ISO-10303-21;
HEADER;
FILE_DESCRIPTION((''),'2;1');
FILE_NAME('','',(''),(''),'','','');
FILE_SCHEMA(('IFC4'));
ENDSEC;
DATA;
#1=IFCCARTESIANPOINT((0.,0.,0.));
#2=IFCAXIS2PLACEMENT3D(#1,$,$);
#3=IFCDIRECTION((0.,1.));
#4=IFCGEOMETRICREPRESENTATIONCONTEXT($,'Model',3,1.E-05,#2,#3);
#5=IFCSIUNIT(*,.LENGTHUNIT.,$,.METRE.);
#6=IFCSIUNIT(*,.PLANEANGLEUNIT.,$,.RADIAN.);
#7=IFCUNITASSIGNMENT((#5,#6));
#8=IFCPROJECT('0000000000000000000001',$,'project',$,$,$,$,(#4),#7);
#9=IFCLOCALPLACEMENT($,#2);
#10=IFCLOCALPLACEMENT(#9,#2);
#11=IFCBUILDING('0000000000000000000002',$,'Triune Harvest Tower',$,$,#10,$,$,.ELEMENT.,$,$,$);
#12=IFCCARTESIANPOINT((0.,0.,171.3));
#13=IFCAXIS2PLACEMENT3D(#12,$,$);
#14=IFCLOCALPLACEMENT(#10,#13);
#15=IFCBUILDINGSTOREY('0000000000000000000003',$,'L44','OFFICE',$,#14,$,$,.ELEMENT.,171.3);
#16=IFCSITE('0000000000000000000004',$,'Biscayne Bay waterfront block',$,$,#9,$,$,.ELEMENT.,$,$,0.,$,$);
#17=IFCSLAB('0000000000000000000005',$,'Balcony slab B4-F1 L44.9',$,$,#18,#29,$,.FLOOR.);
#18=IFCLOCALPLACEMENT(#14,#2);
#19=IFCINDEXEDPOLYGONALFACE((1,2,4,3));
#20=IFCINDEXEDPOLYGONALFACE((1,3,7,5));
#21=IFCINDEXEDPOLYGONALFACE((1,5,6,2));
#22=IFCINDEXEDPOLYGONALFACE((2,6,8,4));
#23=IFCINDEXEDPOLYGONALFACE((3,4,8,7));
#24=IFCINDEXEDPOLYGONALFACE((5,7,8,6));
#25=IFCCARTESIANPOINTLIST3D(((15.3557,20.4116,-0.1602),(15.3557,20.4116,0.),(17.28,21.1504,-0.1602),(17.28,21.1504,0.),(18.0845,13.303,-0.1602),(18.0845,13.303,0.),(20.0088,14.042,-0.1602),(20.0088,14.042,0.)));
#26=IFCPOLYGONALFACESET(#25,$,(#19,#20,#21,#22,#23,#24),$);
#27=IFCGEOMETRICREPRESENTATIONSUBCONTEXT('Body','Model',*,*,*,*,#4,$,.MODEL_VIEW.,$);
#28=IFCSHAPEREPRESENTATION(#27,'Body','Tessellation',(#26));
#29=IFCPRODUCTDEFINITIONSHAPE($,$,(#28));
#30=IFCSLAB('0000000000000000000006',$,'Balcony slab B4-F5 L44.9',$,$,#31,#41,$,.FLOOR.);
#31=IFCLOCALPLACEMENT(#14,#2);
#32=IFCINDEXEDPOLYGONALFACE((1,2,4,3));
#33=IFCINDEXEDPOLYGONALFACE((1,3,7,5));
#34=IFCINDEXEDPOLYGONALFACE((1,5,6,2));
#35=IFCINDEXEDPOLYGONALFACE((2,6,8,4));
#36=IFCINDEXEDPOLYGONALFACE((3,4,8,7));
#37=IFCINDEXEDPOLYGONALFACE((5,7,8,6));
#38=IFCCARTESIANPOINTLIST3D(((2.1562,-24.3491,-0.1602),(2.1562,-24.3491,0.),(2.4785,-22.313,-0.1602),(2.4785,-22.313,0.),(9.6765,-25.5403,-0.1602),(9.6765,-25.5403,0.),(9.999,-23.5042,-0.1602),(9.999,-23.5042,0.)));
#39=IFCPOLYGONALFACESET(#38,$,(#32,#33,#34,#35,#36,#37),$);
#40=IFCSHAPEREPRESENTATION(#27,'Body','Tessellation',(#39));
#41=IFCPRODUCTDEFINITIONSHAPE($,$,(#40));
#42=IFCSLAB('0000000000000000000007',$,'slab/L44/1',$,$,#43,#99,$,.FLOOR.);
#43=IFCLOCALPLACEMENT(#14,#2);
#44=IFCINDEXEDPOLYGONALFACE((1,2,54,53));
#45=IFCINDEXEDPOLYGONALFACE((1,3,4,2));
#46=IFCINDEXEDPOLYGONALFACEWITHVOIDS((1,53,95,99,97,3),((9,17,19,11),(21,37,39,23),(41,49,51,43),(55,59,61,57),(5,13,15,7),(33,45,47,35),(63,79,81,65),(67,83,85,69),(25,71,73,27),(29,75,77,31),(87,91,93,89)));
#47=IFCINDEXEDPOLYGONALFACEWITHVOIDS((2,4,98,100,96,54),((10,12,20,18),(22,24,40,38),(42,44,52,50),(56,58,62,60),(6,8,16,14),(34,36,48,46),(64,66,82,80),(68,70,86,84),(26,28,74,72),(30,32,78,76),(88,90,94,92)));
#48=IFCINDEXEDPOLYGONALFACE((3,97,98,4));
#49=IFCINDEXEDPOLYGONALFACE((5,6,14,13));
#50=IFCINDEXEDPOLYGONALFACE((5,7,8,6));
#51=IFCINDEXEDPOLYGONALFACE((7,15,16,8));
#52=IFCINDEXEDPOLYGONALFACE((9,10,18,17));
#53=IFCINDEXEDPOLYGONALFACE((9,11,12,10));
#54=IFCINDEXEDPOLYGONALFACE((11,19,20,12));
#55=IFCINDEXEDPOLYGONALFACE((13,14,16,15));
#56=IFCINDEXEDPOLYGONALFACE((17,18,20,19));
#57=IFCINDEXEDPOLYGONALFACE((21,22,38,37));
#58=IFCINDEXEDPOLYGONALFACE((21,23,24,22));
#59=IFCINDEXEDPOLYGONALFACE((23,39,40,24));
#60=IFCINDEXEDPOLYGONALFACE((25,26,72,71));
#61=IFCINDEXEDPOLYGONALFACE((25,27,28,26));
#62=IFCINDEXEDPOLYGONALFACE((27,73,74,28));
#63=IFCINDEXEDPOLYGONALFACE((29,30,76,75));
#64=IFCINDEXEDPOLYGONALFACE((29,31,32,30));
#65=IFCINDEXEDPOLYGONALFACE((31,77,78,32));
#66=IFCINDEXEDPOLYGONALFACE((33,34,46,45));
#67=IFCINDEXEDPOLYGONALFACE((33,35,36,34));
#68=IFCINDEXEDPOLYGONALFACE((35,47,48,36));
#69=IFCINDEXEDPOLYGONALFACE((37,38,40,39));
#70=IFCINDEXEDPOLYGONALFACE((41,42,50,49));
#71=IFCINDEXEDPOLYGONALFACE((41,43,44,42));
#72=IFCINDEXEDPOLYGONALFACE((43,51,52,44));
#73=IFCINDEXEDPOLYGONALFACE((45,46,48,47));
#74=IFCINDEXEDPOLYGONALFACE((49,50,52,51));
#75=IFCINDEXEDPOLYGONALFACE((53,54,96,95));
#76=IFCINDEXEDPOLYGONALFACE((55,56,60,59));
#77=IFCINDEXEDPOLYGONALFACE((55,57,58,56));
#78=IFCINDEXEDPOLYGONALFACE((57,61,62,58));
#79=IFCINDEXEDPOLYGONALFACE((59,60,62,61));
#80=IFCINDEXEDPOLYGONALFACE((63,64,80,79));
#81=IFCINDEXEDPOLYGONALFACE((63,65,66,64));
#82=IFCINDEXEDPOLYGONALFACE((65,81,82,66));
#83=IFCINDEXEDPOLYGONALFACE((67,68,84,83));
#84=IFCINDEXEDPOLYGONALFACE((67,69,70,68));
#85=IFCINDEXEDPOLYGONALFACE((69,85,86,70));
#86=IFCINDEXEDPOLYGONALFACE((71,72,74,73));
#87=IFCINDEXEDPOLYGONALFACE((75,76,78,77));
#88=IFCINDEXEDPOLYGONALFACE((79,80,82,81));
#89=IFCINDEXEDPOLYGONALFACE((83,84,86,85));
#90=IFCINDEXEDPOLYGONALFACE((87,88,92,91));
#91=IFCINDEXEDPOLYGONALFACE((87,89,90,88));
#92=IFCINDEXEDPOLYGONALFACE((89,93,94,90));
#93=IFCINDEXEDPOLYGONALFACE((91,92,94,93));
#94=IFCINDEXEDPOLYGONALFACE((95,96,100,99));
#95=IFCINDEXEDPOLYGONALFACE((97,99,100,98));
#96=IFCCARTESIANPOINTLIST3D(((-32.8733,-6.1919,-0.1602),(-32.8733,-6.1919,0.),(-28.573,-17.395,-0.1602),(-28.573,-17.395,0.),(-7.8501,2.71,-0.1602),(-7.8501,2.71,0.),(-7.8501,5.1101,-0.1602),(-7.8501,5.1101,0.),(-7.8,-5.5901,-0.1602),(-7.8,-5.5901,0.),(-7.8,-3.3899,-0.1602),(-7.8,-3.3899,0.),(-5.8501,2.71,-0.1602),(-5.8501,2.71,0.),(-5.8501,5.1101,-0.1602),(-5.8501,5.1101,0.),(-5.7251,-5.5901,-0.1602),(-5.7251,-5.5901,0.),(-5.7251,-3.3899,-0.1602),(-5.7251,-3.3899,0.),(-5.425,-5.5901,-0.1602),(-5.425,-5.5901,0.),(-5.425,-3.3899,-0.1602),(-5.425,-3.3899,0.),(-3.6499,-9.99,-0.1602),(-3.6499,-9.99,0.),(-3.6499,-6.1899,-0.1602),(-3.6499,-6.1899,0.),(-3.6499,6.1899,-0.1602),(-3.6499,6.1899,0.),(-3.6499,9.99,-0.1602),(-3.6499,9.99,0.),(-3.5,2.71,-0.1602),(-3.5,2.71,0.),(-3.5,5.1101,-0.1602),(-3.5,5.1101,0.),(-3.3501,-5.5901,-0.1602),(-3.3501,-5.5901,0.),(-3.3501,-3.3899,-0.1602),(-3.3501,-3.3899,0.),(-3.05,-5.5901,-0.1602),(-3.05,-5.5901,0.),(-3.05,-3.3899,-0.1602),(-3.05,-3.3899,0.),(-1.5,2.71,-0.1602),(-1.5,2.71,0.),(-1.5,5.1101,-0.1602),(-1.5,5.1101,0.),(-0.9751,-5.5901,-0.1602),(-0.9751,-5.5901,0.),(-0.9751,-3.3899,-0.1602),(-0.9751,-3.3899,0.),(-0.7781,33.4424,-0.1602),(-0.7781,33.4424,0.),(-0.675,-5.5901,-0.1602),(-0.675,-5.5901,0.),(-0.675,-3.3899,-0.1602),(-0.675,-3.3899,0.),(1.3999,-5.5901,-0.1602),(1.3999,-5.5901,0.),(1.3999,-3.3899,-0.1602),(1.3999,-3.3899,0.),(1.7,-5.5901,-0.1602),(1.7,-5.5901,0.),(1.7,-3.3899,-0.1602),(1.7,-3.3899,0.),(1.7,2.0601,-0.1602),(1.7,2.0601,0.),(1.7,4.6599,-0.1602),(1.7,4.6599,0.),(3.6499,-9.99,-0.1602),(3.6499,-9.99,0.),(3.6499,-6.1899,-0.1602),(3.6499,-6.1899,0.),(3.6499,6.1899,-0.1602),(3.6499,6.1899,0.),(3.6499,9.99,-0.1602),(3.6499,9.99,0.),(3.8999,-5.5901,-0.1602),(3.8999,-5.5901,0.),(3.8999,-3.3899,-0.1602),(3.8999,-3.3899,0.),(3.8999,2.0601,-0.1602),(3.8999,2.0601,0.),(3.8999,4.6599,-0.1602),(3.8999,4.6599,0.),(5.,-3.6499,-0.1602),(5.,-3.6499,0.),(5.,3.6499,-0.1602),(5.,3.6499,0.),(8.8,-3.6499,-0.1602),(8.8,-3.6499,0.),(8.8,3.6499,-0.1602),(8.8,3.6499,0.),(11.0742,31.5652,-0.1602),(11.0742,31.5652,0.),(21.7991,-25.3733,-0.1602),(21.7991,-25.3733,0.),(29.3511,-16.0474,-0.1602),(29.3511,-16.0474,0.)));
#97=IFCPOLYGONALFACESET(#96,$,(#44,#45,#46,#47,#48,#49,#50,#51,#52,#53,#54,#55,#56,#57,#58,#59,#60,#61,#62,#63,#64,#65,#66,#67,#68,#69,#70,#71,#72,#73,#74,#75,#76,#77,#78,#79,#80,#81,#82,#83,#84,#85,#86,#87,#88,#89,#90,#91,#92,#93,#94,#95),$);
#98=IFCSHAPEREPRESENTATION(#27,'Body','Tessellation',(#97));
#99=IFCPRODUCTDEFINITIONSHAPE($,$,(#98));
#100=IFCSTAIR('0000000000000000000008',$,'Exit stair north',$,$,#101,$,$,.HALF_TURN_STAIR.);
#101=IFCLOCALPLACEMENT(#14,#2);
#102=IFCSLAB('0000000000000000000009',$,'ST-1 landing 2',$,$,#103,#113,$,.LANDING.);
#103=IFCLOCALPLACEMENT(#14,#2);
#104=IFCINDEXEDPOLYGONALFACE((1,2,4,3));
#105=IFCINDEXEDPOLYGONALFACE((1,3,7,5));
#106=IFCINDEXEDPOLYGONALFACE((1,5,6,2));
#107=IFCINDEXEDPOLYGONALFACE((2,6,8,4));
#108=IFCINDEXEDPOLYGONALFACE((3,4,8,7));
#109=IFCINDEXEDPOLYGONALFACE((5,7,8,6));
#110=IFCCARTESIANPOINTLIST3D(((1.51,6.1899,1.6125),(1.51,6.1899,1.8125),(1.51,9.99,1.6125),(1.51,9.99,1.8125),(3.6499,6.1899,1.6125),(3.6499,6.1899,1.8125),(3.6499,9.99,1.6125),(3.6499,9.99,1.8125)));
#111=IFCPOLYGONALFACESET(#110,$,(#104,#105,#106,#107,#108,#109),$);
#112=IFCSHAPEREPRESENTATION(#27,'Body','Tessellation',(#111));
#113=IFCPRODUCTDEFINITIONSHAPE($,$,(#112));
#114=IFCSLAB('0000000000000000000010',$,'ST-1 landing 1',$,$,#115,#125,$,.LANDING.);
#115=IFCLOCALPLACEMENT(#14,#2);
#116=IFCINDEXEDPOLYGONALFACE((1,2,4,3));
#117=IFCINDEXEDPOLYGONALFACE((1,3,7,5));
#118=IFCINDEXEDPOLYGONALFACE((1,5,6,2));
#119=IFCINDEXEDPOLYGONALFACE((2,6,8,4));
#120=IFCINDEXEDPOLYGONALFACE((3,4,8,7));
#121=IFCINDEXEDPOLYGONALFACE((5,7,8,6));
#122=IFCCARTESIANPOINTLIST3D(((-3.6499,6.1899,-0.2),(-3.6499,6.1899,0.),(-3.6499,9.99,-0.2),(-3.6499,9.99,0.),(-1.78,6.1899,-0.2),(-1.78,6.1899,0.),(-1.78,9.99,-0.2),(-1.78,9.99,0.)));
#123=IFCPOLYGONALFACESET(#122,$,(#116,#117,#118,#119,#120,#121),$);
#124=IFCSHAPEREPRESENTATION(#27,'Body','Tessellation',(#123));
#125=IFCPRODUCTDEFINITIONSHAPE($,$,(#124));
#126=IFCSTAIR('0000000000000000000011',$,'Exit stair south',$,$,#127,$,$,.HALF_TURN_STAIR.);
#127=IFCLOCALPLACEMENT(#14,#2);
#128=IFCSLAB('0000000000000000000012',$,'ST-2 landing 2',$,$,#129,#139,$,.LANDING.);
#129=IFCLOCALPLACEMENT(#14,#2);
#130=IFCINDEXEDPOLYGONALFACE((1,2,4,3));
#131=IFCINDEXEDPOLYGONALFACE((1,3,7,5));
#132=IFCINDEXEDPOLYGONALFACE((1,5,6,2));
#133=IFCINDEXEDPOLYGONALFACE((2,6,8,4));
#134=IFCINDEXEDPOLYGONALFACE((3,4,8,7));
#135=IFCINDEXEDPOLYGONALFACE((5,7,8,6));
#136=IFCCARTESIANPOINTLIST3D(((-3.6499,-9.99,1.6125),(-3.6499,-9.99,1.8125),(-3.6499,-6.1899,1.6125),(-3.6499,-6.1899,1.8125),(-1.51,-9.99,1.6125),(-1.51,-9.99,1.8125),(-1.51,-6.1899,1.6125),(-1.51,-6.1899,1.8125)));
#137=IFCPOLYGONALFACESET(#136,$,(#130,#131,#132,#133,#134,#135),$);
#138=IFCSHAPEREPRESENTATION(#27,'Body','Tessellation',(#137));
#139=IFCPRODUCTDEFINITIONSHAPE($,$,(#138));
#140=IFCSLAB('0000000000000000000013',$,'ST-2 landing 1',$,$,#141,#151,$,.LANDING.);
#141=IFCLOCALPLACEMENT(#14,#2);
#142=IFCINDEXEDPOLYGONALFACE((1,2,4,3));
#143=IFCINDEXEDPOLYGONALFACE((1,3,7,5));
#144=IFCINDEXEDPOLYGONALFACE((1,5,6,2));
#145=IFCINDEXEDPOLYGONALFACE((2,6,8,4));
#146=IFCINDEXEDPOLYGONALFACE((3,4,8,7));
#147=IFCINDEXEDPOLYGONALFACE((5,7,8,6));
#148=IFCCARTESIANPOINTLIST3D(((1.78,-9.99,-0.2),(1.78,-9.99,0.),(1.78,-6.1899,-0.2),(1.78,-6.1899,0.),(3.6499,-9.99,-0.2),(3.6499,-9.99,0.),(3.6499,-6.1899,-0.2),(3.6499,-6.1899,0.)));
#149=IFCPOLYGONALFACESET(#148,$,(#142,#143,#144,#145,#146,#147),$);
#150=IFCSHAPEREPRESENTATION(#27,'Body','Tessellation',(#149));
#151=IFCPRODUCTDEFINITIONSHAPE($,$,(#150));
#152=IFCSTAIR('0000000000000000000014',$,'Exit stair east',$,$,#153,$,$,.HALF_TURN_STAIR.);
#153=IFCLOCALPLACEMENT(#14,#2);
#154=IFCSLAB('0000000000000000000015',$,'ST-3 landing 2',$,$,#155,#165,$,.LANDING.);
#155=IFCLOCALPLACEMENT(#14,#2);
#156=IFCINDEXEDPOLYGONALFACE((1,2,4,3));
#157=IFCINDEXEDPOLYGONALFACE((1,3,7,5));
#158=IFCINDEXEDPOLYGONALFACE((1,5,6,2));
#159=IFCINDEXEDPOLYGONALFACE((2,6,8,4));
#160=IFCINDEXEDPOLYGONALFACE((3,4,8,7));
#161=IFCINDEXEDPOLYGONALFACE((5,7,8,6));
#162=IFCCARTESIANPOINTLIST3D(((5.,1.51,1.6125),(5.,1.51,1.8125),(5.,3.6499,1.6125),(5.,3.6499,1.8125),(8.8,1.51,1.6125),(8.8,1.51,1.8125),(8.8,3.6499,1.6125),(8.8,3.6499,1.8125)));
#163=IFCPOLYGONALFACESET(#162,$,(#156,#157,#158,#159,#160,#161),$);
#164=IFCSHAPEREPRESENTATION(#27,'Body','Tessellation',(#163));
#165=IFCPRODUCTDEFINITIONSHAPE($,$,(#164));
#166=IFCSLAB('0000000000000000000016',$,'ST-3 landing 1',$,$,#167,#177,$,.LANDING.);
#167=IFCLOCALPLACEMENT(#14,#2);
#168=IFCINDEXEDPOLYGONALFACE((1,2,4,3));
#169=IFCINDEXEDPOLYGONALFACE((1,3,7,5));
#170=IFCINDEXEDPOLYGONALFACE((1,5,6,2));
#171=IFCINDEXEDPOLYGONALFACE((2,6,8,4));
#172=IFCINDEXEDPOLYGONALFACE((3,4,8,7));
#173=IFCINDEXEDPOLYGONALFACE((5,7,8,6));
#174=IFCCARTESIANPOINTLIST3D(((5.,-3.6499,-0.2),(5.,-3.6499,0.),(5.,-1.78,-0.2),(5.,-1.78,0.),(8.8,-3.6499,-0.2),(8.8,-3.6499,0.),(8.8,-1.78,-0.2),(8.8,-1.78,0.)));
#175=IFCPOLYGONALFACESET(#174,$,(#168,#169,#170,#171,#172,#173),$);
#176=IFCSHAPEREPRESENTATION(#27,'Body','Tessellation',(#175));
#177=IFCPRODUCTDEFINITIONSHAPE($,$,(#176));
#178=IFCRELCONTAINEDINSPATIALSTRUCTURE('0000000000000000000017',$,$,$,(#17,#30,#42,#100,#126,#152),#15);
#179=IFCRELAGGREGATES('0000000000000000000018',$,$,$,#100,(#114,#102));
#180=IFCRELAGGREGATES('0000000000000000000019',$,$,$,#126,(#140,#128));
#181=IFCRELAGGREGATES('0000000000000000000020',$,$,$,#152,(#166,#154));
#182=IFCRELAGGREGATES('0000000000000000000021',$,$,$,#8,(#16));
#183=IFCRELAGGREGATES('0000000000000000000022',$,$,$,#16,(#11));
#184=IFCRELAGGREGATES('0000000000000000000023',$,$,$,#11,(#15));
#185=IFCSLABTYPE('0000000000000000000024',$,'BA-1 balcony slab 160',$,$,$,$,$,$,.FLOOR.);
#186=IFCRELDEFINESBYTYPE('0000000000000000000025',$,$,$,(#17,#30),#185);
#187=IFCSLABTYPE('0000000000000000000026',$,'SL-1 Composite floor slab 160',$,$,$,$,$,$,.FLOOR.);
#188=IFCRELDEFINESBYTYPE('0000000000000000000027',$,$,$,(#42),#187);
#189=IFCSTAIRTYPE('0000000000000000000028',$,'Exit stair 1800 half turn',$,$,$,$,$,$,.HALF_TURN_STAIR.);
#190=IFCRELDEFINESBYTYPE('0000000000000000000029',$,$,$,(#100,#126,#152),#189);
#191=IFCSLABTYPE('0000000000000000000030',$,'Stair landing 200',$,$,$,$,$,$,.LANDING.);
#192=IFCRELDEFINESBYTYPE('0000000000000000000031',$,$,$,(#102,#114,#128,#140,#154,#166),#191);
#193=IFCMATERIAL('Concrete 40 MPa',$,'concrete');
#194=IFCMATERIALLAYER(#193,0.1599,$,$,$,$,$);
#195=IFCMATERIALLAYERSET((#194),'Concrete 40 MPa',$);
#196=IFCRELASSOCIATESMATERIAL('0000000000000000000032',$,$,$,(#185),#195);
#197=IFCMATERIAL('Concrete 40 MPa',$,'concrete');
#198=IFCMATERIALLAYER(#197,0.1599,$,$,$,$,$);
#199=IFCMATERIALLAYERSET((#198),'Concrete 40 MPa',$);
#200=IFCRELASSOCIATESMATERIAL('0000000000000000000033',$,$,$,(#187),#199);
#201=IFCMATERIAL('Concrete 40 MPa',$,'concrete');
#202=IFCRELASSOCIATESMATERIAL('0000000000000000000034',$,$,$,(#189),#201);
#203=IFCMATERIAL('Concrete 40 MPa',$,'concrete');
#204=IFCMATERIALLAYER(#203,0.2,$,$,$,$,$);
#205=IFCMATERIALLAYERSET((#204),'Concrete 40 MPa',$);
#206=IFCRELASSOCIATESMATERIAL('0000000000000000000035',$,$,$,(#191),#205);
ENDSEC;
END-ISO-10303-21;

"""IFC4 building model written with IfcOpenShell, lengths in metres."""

from ifc_helpers import new_model, si_unit, direction, frame, origin, place, context, subcontext, project, spatial, polyline, outline, extrude, source, transform, mapped, material, layer, layer_set, type_object, element, aggregate, save


model = new_model("IFC4")

# Units and contexts
model_context = context("Model", 3, precision=1e-05, world=origin(), true_north=direction((0.0, 1.0)))
body_context = subcontext(model_context, "Body", "Model", "MODEL_VIEW")
ifc_project = project(units=[si_unit("LENGTHUNIT", "METRE"), si_unit("PLANEANGLEUNIT", "RADIAN")], contexts=[model_context])

# Site, building, storey
site_placement = place(None, origin())
site = spatial("IfcSite", under=ifc_project, at=site_placement, Name="Biscayne Bay waterfront block", CompositionType="ELEMENT", RefElevation=0.0)
building_placement = place(site_placement, origin())
building = spatial("IfcBuilding", under=site, at=building_placement, Name="Triune Harvest Tower", CompositionType="ELEMENT")
storey_placement = place(building_placement, frame((0.0, 0.0, 171.3)))
storey = spatial("IfcBuildingStorey", under=building, at=storey_placement, Name="L44", Description="OFFICE", CompositionType="ELEMENT", Elevation=171.3)

# Slabs
ifc_material_1 = material(Name="Concrete 40 MPa", Category="concrete")
ifc_layer_1 = layer(ifc_material_1, 0.1599)
ifc_layer_set_1 = layer_set([ifc_layer_1], Name="Concrete 40 MPa")
slab_type_1 = type_object("IfcSlabType", Name="BA-1 balcony slab 160", PredefinedType="FLOOR", material=ifc_layer_set_1)
slab_1_placement = place(storey_placement, frame((0.0, 0.0, -0.1602)))
element("IfcSlab", 1, at=slab_1_placement, inside=storey, type_object=slab_type_1, Name="Balcony slab B4-F1 L44.9", PredefinedType="FLOOR", context=body_context, shape_type="SweptSolid", body=[
    extrude(outline(polyline([(18.0845, 13.303), (15.3557, 20.4116), (17.28, 21.1504), (20.0088, 14.042), (18.0845, 13.303)])), origin(), (0.0, 0.0, 1.0), 0.1602),
])
slab_2_placement = place(storey_placement, frame((0.0, 0.0, -0.1602)))
element("IfcSlab", 2, at=slab_2_placement, inside=storey, type_object=slab_type_1, Name="Balcony slab B4-F5 L44.9", PredefinedType="FLOOR", context=body_context, shape_type="SweptSolid", body=[
    extrude(outline(polyline([(2.4785, -22.313), (9.999, -23.5042), (9.6765, -25.5403), (2.1562, -24.3491), (2.4785, -22.313)])), origin(), (0.0, 0.0, 1.0), 0.1602),
])
ifc_material_2 = material(Name="Concrete 40 MPa", Category="concrete")
ifc_layer_2 = layer(ifc_material_2, 0.1599)
ifc_layer_set_2 = layer_set([ifc_layer_2], Name="Concrete 40 MPa")
slab_type_2 = type_object("IfcSlabType", Name="SL-1 Composite floor slab 160", PredefinedType="FLOOR", material=ifc_layer_set_2)
shared_shape_1 = source(origin(), body_context, "Body", "SweptSolid", [
    extrude(outline(polyline([(29.3511, -16.0474), (11.0742, 31.5652), (-0.7781, 33.4424), (-32.8733, -6.1919), (-28.573, -17.395), (21.7991, -25.3733), (29.3511, -16.0474)]), holes=[polyline([(-5.7251, -5.5901), (-5.7251, -3.3899), (-7.8, -3.3899), (-7.8, -5.5901), (-5.7251, -5.5901)]), polyline([(-3.3501, -5.5901), (-3.3501, -3.3899), (-5.425, -3.3899), (-5.425, -5.5901), (-3.3501, -5.5901)]), polyline([(-0.9751, -5.5901), (-0.9751, -3.3899), (-3.05, -3.3899), (-3.05, -5.5901), (-0.9751, -5.5901)]), polyline([(1.3999, -5.5901), (1.3999, -3.3899), (-0.675, -3.3899), (-0.675, -5.5901), (1.3999, -5.5901)]), polyline([(3.8999, 2.0601), (3.8999, 4.6599), (1.7, 4.6599), (1.7, 2.0601), (3.8999, 2.0601)]), polyline([(3.8999, -5.5901), (3.8999, -3.3899), (1.7, -3.3899), (1.7, -5.5901), (3.8999, -5.5901)]), polyline([(-5.8501, 2.71), (-5.8501, 5.1101), (-7.8501, 5.1101), (-7.8501, 2.71), (-5.8501, 2.71)]), polyline([(-1.5, 2.71), (-1.5, 5.1101), (-3.5, 5.1101), (-3.5, 2.71), (-1.5, 2.71)]), polyline([(3.6499, 6.1899), (3.6499, 9.99), (-3.6499, 9.99), (-3.6499, 6.1899), (3.6499, 6.1899)]), polyline([(3.6499, -9.99), (3.6499, -6.1899), (-3.6499, -6.1899), (-3.6499, -9.99), (3.6499, -9.99)]), polyline([(8.8, -3.6499), (8.8, 3.6499), (5.0, 3.6499), (5.0, -3.6499), (8.8, -3.6499)])]), origin(), (0.0, 0.0, 1.0), 0.1602),
])
slab_3_placement = place(storey_placement, frame((0.0, 0.0, -0.1602)))
element("IfcSlab", 3, at=slab_3_placement, inside=storey, type_object=slab_type_2, Name="slab/L44/1", PredefinedType="FLOOR", context=body_context, shape_type="MappedRepresentation", body=[
    mapped(shared_shape_1, transform((0.0, 0.0, 0.0), scale=1.0)),
])

# Stairs, slabs
ifc_material_3 = material(Name="Concrete 40 MPa", Category="concrete")
stair_type = type_object("IfcStairType", Name="Exit stair 1800 half turn", PredefinedType="HALF_TURN_STAIR", material=ifc_material_3)
stair_1_placement = place(storey_placement, origin())
stair_1 = element("IfcStair", 4, at=stair_1_placement, inside=storey, type_object=stair_type, Name="Exit stair north", PredefinedType="HALF_TURN_STAIR")
ifc_material_4 = material(Name="Concrete 40 MPa", Category="concrete")
ifc_layer_3 = layer(ifc_material_4, 0.2)
ifc_layer_set_3 = layer_set([ifc_layer_3], Name="Concrete 40 MPa")
slab_type_3 = type_object("IfcSlabType", Name="Stair landing 200", PredefinedType="LANDING", material=ifc_layer_set_3)
shared_shape_2 = source(origin(), body_context, "Body", "SweptSolid", [
    extrude(outline(polyline([(1.51, 6.1899), (3.6499, 6.1899), (3.6499, 9.99), (1.51, 9.99), (1.51, 6.1899)])), origin(), (0.0, 0.0, 1.0), 0.2),
])
slab_4_placement = place(storey_placement, frame((0.0, 0.0, 1.6125)))
slab_4 = element("IfcSlab", 5, at=slab_4_placement, type_object=slab_type_3, Name="ST-1 landing 2", PredefinedType="LANDING", context=body_context, shape_type="MappedRepresentation", body=[
    mapped(shared_shape_2, transform((0.0, 0.0, 0.0), scale=1.0)),
])
shared_shape_3 = source(origin(), body_context, "Body", "SweptSolid", [
    extrude(outline(polyline([(-3.6499, 6.1899), (-1.78, 6.1899), (-1.78, 9.99), (-3.6499, 9.99), (-3.6499, 6.1899)])), origin(), (0.0, 0.0, 1.0), 0.2),
])
slab_5_placement = place(storey_placement, frame((0.0, 0.0, -0.2)))
slab_5 = element("IfcSlab", 6, at=slab_5_placement, type_object=slab_type_3, Name="ST-1 landing 1", PredefinedType="LANDING", context=body_context, shape_type="MappedRepresentation", body=[
    mapped(shared_shape_3, transform((0.0, 0.0, 0.0), scale=1.0)),
])
aggregate(stair_1, [slab_5, slab_4])
stair_2_placement = place(storey_placement, origin())
stair_2 = element("IfcStair", 7, at=stair_2_placement, inside=storey, type_object=stair_type, Name="Exit stair south", PredefinedType="HALF_TURN_STAIR")
shared_shape_4 = source(origin(), body_context, "Body", "SweptSolid", [
    extrude(outline(polyline([(-1.51, -6.1899), (-3.6499, -6.1899), (-3.6499, -9.99), (-1.51, -9.99), (-1.51, -6.1899)])), origin(), (0.0, 0.0, 1.0), 0.2),
])
slab_6_placement = place(storey_placement, frame((0.0, 0.0, 1.6125)))
slab_6 = element("IfcSlab", 8, at=slab_6_placement, type_object=slab_type_3, Name="ST-2 landing 2", PredefinedType="LANDING", context=body_context, shape_type="MappedRepresentation", body=[
    mapped(shared_shape_4, transform((0.0, 0.0, 0.0), scale=1.0)),
])
shared_shape_5 = source(origin(), body_context, "Body", "SweptSolid", [
    extrude(outline(polyline([(3.6499, -6.1899), (1.78, -6.1899), (1.78, -9.99), (3.6499, -9.99), (3.6499, -6.1899)])), origin(), (0.0, 0.0, 1.0), 0.2),
])
slab_7_placement = place(storey_placement, frame((0.0, 0.0, -0.2)))
slab_7 = element("IfcSlab", 9, at=slab_7_placement, type_object=slab_type_3, Name="ST-2 landing 1", PredefinedType="LANDING", context=body_context, shape_type="MappedRepresentation", body=[
    mapped(shared_shape_5, transform((0.0, 0.0, 0.0), scale=1.0)),
])
aggregate(stair_2, [slab_7, slab_6])
stair_3_placement = place(storey_placement, origin())
stair_3 = element("IfcStair", 10, at=stair_3_placement, inside=storey, type_object=stair_type, Name="Exit stair east", PredefinedType="HALF_TURN_STAIR")
shared_shape_6 = source(origin(), body_context, "Body", "SweptSolid", [
    extrude(outline(polyline([(8.8, 1.51), (8.8, 3.6499), (5.0, 3.6499), (5.0, 1.51), (8.8, 1.51)])), origin(), (0.0, 0.0, 1.0), 0.2),
])
slab_8_placement = place(storey_placement, frame((0.0, 0.0, 1.6125)))
slab_8 = element("IfcSlab", 11, at=slab_8_placement, type_object=slab_type_3, Name="ST-3 landing 2", PredefinedType="LANDING", context=body_context, shape_type="MappedRepresentation", body=[
    mapped(shared_shape_6, transform((0.0, 0.0, 0.0), scale=1.0)),
])
shared_shape_7 = source(origin(), body_context, "Body", "SweptSolid", [
    extrude(outline(polyline([(8.8, -3.6499), (8.8, -1.78), (5.0, -1.78), (5.0, -3.6499), (8.8, -3.6499)])), origin(), (0.0, 0.0, 1.0), 0.2),
])
slab_9_placement = place(storey_placement, frame((0.0, 0.0, -0.2)))
slab_9 = element("IfcSlab", 12, at=slab_9_placement, type_object=slab_type_3, Name="ST-3 landing 1", PredefinedType="LANDING", context=body_context, shape_type="MappedRepresentation", body=[
    mapped(shared_shape_7, transform((0.0, 0.0, 0.0), scale=1.0)),
])
aggregate(stair_3, [slab_9, slab_8])

save(model, "model.ifc")
